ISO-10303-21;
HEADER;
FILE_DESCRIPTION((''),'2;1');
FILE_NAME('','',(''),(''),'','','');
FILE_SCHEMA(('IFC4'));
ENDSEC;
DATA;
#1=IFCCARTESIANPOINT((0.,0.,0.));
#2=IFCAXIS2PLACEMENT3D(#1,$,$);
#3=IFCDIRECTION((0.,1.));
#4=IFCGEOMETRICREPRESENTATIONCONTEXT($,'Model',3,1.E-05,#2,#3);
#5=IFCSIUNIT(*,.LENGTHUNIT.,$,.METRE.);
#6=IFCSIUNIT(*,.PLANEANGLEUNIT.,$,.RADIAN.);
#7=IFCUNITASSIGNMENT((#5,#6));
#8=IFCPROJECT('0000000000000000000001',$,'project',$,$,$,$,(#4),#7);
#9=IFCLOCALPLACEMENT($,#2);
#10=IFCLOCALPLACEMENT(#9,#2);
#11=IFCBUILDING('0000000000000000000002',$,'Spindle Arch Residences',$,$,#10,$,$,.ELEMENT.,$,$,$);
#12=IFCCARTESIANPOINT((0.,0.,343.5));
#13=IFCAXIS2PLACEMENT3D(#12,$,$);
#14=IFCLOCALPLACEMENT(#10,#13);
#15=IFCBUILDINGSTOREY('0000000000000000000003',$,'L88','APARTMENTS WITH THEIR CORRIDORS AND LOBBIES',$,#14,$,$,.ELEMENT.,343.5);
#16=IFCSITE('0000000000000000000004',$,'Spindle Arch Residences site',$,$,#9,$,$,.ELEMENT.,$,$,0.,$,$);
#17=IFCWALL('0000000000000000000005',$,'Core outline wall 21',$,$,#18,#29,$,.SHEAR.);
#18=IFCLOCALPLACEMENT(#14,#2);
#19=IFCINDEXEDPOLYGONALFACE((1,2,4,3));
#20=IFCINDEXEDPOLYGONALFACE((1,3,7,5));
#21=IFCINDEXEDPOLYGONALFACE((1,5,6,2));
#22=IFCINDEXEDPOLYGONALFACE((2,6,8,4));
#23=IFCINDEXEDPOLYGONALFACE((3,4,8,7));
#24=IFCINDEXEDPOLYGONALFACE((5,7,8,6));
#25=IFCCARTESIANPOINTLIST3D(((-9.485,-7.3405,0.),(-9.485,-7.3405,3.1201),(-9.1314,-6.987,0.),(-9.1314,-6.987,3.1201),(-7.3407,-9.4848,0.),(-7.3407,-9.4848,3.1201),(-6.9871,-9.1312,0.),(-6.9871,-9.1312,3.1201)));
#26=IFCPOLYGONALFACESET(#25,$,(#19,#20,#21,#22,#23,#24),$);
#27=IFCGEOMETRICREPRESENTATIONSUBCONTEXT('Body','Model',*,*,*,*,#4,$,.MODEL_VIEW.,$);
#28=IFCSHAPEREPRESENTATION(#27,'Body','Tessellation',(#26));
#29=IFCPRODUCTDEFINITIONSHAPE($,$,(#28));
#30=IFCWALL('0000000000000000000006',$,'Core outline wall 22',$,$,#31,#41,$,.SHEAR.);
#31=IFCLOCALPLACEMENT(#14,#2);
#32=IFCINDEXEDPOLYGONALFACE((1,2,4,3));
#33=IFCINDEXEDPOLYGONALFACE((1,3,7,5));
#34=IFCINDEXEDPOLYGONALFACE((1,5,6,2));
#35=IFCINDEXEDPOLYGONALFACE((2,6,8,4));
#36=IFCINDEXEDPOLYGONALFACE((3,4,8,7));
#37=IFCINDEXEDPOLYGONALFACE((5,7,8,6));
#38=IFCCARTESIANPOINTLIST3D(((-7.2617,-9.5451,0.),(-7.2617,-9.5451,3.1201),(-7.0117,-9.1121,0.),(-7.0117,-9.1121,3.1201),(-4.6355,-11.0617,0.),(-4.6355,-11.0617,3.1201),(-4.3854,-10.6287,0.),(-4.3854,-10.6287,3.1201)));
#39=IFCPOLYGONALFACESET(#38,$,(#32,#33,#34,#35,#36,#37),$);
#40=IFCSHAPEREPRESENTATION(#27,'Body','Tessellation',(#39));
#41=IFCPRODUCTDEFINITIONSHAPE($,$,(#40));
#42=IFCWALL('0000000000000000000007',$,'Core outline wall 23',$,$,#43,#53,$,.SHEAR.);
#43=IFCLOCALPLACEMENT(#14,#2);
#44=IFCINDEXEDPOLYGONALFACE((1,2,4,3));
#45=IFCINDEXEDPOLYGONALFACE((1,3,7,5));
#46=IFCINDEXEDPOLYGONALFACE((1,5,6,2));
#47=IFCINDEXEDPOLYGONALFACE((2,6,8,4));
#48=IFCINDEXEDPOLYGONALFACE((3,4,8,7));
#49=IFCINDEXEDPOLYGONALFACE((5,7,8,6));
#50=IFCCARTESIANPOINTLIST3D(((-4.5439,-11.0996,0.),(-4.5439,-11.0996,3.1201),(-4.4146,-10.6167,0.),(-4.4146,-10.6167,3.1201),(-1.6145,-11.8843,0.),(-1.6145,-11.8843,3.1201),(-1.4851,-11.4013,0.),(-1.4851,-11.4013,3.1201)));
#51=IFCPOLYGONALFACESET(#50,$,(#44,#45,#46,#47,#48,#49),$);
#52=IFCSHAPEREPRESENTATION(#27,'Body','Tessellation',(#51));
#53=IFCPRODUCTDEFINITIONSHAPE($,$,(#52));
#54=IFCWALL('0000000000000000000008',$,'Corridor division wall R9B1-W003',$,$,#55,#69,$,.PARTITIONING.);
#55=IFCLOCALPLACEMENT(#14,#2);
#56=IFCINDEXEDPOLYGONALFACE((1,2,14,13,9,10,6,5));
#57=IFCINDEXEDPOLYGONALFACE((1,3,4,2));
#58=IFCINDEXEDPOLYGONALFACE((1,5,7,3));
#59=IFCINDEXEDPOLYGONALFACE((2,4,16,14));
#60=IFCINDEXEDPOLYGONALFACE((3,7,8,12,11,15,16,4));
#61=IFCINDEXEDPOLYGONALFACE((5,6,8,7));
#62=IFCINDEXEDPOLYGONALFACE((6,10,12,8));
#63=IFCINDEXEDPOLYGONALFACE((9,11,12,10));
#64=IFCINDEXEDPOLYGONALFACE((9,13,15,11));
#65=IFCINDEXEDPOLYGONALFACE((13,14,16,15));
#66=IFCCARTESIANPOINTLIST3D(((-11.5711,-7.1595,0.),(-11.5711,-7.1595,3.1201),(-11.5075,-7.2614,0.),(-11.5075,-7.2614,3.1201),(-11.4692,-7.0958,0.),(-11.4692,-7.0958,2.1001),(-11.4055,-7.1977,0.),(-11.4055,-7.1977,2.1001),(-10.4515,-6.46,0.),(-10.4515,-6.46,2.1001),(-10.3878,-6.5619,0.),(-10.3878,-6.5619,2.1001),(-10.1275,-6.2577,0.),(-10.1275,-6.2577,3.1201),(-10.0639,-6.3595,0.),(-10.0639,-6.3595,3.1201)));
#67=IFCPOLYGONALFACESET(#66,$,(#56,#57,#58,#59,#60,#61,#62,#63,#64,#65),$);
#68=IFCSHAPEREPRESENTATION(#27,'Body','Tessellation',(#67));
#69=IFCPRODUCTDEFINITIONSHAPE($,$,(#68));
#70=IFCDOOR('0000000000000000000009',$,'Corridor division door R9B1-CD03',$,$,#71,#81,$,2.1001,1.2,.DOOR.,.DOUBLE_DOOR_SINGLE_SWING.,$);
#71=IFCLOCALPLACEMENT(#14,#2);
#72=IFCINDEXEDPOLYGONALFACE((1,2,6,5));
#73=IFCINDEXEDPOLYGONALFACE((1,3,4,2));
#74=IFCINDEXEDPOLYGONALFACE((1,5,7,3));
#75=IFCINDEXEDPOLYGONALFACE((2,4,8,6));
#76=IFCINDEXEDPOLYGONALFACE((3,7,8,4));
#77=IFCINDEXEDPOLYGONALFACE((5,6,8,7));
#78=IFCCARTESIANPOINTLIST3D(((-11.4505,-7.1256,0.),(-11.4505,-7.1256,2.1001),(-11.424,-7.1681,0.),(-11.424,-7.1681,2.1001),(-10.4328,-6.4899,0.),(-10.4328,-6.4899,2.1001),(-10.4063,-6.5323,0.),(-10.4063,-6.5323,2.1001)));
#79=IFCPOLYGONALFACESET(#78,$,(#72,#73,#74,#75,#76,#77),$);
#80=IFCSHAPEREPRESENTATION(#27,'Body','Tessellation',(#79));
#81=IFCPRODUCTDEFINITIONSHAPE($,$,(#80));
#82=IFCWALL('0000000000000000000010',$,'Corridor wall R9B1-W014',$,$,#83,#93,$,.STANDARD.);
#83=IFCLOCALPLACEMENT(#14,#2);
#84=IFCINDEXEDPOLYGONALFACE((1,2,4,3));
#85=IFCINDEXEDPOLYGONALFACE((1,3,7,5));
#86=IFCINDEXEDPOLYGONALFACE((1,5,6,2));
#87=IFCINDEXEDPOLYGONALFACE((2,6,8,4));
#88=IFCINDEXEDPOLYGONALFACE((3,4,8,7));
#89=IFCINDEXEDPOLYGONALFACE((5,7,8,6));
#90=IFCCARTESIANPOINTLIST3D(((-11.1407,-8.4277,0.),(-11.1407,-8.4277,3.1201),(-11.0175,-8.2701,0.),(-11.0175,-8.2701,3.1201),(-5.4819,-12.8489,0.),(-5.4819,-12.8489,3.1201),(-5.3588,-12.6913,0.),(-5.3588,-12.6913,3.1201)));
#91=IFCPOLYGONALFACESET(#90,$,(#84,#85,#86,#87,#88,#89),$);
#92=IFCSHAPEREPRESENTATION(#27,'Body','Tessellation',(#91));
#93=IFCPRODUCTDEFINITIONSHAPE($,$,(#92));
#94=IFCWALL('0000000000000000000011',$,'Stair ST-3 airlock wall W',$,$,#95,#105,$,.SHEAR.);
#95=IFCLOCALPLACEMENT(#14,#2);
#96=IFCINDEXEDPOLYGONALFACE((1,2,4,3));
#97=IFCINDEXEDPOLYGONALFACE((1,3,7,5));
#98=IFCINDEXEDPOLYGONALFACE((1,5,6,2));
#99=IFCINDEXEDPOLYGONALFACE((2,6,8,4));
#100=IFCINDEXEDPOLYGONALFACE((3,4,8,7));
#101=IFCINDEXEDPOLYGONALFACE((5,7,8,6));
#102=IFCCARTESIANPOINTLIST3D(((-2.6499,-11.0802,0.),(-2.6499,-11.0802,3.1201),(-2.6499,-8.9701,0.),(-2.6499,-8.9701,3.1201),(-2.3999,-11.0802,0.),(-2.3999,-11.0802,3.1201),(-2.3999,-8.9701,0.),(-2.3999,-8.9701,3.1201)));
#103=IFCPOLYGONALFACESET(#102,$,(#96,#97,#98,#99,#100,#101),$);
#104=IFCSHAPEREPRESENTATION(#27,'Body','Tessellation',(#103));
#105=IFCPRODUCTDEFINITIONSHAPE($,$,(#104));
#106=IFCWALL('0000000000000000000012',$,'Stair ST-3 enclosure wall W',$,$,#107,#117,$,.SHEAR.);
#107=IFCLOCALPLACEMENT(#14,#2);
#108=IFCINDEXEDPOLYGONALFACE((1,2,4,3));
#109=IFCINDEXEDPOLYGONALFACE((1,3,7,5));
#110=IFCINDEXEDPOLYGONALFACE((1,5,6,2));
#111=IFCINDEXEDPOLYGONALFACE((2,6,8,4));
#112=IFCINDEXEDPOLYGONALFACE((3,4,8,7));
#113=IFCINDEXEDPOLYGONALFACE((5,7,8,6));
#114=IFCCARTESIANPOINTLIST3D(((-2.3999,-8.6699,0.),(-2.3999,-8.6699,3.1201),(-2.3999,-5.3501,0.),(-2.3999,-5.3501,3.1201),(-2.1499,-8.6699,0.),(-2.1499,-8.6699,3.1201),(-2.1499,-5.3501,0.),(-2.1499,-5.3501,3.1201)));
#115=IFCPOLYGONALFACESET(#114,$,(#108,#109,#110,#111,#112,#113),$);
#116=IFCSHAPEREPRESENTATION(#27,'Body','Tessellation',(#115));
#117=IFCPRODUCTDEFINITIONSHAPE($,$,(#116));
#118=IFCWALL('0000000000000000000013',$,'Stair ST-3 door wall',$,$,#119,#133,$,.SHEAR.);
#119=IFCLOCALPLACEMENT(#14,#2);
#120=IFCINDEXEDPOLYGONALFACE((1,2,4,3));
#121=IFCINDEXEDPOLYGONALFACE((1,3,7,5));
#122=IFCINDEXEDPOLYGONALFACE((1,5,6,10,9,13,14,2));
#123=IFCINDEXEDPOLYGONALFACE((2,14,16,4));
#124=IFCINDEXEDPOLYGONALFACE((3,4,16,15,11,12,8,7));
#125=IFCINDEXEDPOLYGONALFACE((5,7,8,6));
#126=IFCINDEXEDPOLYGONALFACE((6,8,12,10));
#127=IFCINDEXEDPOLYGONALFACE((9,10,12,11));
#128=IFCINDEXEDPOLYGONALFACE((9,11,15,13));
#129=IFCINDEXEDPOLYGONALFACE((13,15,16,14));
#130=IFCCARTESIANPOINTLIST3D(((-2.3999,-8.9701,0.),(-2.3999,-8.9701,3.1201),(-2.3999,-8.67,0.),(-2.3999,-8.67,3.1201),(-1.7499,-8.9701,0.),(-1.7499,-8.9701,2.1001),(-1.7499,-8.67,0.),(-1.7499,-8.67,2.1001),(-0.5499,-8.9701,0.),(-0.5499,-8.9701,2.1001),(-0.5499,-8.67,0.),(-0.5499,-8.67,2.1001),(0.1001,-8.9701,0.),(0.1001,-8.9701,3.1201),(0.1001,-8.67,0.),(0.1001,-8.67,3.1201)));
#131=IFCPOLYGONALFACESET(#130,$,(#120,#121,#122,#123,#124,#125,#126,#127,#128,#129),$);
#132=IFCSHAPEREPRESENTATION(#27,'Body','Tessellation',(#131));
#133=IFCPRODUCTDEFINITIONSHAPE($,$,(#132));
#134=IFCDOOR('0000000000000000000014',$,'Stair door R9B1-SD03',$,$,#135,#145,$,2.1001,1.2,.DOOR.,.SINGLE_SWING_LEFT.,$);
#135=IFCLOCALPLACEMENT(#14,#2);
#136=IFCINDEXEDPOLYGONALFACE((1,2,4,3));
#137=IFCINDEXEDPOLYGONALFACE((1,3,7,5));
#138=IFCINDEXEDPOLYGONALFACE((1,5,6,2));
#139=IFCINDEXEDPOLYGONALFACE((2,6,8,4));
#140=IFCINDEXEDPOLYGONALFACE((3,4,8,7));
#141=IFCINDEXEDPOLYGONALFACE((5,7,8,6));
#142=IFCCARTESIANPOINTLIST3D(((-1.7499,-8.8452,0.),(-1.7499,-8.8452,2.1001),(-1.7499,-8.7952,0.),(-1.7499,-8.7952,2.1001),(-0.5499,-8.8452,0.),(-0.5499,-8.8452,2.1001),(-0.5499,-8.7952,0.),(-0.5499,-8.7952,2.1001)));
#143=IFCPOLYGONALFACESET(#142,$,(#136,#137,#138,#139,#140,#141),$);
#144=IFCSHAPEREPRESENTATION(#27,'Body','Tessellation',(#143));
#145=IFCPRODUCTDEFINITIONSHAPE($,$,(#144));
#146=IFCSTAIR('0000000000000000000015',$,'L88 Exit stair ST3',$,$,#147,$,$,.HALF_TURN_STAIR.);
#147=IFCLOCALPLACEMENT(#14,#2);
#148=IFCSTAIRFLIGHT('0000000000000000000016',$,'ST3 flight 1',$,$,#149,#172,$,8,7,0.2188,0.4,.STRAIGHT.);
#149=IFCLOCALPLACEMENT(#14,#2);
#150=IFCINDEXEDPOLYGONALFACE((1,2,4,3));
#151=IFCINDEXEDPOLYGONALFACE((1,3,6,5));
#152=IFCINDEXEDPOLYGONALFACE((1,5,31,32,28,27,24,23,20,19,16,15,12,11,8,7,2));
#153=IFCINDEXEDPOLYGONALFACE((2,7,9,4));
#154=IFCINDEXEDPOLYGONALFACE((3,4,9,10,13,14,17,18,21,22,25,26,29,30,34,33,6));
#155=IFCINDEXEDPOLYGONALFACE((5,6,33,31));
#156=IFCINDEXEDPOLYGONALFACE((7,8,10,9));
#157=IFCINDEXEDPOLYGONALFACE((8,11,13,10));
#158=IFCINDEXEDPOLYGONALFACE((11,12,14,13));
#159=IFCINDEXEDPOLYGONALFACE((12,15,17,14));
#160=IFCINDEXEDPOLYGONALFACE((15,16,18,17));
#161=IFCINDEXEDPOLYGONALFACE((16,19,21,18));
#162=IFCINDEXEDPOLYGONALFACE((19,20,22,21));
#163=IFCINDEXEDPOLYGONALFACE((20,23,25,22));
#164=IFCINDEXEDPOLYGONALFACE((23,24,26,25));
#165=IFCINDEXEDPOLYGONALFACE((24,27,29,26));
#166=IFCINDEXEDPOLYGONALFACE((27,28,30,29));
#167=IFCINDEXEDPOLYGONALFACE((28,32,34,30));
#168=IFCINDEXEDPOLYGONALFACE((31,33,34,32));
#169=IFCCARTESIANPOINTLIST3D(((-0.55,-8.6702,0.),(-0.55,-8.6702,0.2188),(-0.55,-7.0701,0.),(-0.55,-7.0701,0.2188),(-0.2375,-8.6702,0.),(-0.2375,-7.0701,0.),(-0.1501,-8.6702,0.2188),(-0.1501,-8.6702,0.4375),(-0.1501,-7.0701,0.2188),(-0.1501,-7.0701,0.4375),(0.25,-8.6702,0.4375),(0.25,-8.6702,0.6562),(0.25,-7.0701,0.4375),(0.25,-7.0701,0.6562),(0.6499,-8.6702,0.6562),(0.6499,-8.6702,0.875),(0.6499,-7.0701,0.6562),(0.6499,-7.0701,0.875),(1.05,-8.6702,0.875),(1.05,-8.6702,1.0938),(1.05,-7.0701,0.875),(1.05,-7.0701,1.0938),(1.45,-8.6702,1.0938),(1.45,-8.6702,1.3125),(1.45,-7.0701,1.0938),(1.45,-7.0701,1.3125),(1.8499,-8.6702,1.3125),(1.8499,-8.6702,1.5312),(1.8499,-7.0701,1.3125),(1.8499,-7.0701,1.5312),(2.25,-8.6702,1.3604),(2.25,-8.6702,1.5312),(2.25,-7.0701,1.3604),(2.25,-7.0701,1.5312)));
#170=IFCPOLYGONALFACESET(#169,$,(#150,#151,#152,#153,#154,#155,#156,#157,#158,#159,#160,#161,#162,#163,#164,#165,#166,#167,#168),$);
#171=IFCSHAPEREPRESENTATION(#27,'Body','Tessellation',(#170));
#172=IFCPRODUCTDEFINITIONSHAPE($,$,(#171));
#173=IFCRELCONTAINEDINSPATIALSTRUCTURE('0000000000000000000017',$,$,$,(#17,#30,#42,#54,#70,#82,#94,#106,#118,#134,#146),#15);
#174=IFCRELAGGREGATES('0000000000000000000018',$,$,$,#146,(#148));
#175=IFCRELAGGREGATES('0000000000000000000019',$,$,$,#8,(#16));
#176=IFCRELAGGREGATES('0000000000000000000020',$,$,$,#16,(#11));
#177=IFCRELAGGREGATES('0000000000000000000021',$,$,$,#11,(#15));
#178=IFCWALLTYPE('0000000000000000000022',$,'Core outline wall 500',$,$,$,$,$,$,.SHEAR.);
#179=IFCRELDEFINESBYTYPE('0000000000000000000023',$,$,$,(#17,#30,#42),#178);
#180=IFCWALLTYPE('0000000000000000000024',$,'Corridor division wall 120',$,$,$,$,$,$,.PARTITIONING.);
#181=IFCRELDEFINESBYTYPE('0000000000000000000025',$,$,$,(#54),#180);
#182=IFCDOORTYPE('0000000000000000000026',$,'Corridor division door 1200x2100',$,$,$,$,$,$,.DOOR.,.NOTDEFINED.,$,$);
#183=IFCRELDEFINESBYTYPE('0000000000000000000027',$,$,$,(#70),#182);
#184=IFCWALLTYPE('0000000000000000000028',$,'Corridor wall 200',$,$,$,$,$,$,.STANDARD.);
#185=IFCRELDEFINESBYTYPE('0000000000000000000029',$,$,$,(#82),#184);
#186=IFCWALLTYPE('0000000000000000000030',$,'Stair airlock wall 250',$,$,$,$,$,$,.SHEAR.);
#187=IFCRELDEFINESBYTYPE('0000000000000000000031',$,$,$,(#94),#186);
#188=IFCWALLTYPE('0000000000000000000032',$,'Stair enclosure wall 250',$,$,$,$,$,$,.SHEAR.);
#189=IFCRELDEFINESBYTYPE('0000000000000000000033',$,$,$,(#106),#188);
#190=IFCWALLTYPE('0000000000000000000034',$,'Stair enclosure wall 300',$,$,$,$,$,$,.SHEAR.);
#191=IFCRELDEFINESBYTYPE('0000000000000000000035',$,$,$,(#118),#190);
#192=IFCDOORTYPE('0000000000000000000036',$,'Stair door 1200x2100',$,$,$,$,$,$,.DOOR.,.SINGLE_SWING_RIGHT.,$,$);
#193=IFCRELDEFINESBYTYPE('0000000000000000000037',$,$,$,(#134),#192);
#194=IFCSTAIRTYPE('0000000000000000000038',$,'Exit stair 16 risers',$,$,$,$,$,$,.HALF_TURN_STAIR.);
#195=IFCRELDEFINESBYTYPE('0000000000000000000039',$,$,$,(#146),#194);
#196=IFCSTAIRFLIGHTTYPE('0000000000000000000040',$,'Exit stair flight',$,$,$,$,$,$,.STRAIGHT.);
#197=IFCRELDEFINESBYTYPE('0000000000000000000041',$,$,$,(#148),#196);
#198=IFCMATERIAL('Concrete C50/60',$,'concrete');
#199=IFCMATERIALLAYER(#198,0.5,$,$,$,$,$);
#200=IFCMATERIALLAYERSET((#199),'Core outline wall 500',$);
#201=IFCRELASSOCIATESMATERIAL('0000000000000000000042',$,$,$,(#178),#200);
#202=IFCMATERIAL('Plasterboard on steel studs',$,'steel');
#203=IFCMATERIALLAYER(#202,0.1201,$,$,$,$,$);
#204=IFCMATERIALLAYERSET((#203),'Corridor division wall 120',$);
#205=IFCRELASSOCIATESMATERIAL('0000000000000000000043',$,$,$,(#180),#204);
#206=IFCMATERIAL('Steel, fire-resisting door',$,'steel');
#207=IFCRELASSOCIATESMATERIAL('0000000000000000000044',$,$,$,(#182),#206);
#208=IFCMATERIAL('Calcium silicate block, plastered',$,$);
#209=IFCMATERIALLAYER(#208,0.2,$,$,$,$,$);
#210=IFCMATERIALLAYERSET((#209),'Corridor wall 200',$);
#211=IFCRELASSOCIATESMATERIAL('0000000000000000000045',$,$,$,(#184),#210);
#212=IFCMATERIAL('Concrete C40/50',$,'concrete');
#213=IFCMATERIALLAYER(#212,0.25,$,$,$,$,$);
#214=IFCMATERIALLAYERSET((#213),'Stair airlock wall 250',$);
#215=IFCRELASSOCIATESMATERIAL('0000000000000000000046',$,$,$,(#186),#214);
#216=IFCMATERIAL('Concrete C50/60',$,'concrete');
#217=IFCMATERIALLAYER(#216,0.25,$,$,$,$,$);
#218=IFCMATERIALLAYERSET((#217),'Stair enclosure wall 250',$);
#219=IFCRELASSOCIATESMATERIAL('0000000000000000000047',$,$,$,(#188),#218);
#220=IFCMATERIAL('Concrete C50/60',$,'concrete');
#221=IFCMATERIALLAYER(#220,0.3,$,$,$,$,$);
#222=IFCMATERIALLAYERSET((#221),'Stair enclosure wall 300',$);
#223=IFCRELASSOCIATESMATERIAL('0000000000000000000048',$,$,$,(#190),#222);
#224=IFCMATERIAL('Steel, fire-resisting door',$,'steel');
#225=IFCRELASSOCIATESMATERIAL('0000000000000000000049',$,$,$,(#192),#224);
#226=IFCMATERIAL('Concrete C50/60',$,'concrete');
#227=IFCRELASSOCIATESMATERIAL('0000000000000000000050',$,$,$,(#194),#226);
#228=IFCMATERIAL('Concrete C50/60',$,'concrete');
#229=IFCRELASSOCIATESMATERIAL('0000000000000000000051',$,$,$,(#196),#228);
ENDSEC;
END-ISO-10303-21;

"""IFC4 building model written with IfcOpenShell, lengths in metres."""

from ifc_helpers import new_model, si_unit, direction, frame, frame_2d, origin, place, context, subcontext, project, spatial, polyline, rectangle, outline, extrude, material, layer, layer_set, type_object, element, fill, aggregate, save


model = new_model("IFC4")

# Units and contexts
model_context = context("Model", 3, precision=1e-05, world=origin(), true_north=direction((0.0, 1.0)))
body_context = subcontext(model_context, "Body", "Model", "MODEL_VIEW")
ifc_project = project(units=[si_unit("LENGTHUNIT", "METRE"), si_unit("PLANEANGLEUNIT", "RADIAN")], contexts=[model_context])

# Site, building, storey
site_placement = place(None, origin())
site = spatial("IfcSite", under=ifc_project, at=site_placement, Name="Spindle Arch Residences site", CompositionType="ELEMENT", RefElevation=0.0)
building_placement = place(site_placement, origin())
building = spatial("IfcBuilding", under=site, at=building_placement, Name="Spindle Arch Residences", CompositionType="ELEMENT")
storey_placement = place(building_placement, frame((0.0, 0.0, 343.5)))
storey = spatial("IfcBuildingStorey", under=building, at=storey_placement, Name="L88", Description="APARTMENTS WITH THEIR CORRIDORS AND LOBBIES", CompositionType="ELEMENT", Elevation=343.5)

# Walls
ifc_material_1 = material(Name="Concrete C50/60", Category="concrete")
ifc_layer_1 = layer(ifc_material_1, 0.5)
ifc_layer_set_1 = layer_set([ifc_layer_1], Name="Core outline wall 500")
wall_type_1 = type_object("IfcWallType", Name="Core outline wall 500", PredefinedType="SHEAR", material=ifc_layer_set_1)
wall_1_placement = place(storey_placement, frame((-9.3081, -7.1638, 0.0), z_axis=(0.0, 0.0, 1.0), x_axis=(0.707107, -0.707107, 0.0)))
element("IfcWall", 1, at=wall_1_placement, inside=storey, type_object=wall_type_1, Name="Core outline wall 21", PredefinedType="SHEAR", context=body_context, shape_type="SweptSolid", body=[
    extrude(rectangle(XDim=3.0325, YDim=0.5, at=frame_2d((1.5161, 0.0))), origin(), (0.0, 0.0, 1.0), 3.1201),
])
for number, where, z_axis, x_axis, name in (
    (2, (-7.1367, -9.3286, 0.0), (0.0, 0.0, 1.0), (0.865975, -0.500087, 0.0), "Core outline wall 22"),
    (3, (-4.4792, -10.8582, 0.0), (0.0, 0.0, 1.0), (0.965948, -0.258735, 0.0), "Core outline wall 23"),
):
    element("IfcWall", number, at=place(storey_placement, frame(where, z_axis=z_axis, x_axis=x_axis)), inside=storey, type_object=wall_type_1, Name=name, PredefinedType="SHEAR", context=body_context, shape_type="SweptSolid", body=[
        extrude(rectangle(XDim=3.0327, YDim=0.5, at=frame_2d((1.5164, 0.0))), origin(), (0.0, 0.0, 1.0), 3.1201),
    ])

# Wall, opening, door
ifc_material_2 = material(Name="Plasterboard on steel studs", Category="steel")
ifc_layer_2 = layer(ifc_material_2, 0.1201)
ifc_layer_set_2 = layer_set([ifc_layer_2], Name="Corridor division wall 120")
wall_type_2 = type_object("IfcWallType", Name="Corridor division wall 120", PredefinedType="PARTITIONING", material=ifc_layer_set_2)
wall_2_placement = place(storey_placement, frame((-11.5393, -7.2104, 0.0), z_axis=(0.0, 0.0, 1.0), x_axis=(0.848103, 0.529831, 0.0)))
wall_2 = element("IfcWall", 4, at=wall_2_placement, inside=storey, type_object=wall_type_2, Name="Corridor division wall R9B1-W003", PredefinedType="PARTITIONING", context=body_context, shape_type="SweptSolid", body=[
    extrude(rectangle(XDim=1.7021, YDim=0.1201, at=frame_2d((0.8511, 0.0))), origin(), (0.0, 0.0, 1.0), 3.1201),
])
opening_1_placement = place(wall_2_placement, frame((0.1201, 0.0, 0.0)))
opening_1 = element("IfcOpeningElement", 5, at=opening_1_placement, cuts=wall_2, PredefinedType="OPENING", context=body_context, shape_type="SweptSolid", body=[
    extrude(rectangle(XDim=1.2, YDim=2.1001, at=frame_2d((0.6001, 1.05))), frame((0.0, 0.0701, 0.0), z_axis=(0.0, -1.0, 0.0), x_axis=(1.0, 0.0, 0.0)), (0.0, 0.0, 1.0), 0.1401),
])
ifc_material_3 = material(Name="Steel, fire-resisting door", Category="steel")
door_type_1 = type_object("IfcDoorType", Name="Corridor division door 1200x2100", OperationType="NOTDEFINED", PredefinedType="DOOR", material=ifc_material_3)
door_1_placement = place(opening_1_placement, origin())
door_1 = element("IfcDoor", 6, at=door_1_placement, inside=storey, type_object=door_type_1, Name="Corridor division door R9B1-CD03", OperationType="DOUBLE_DOOR_SINGLE_SWING", OverallHeight=2.1001, OverallWidth=1.2, PredefinedType="DOOR", context=body_context, shape_type="SweptSolid", body=[
    extrude(rectangle(XDim=1.2, YDim=2.1001, at=frame_2d((0.6001, 1.05))), frame((0.0, 0.0249, 0.0), z_axis=(0.0, -1.0, 0.0), x_axis=(1.0, 0.0, 0.0)), (0.0, 0.0, 1.0), 0.05),
])
fill(opening_1, door_1)

# Walls
ifc_material_4 = material(Name="Calcium silicate block, plastered")
ifc_layer_3 = layer(ifc_material_4, 0.2)
ifc_layer_set_3 = layer_set([ifc_layer_3], Name="Corridor wall 200")
wall_type_3 = type_object("IfcWallType", Name="Corridor wall 200", PredefinedType="STANDARD", material=ifc_layer_set_3)
wall_3_placement = place(storey_placement, frame((-11.0791, -8.3489, 0.0), z_axis=(0.0, 0.0, 1.0), x_axis=(0.788005, -0.615669, 0.0)))
element("IfcWall", 7, at=wall_3_placement, inside=storey, type_object=wall_type_3, Name="Corridor wall R9B1-W014", PredefinedType="STANDARD", context=body_context, shape_type="SweptSolid", body=[
    extrude(rectangle(XDim=7.1812, YDim=0.2, at=frame_2d((3.5906, 0.0))), origin(), (0.0, 0.0, 1.0), 3.1201),
])
ifc_material_5 = material(Name="Concrete C40/50", Category="concrete")
ifc_layer_4 = layer(ifc_material_5, 0.25)
ifc_layer_set_4 = layer_set([ifc_layer_4], Name="Stair airlock wall 250")
wall_type_4 = type_object("IfcWallType", Name="Stair airlock wall 250", PredefinedType="SHEAR", material=ifc_layer_set_4)
wall_4_placement = place(storey_placement, frame((-2.5249, -8.97, 0.0), z_axis=(0.0, 0.0, 1.0), x_axis=(0.0, -1.0, 0.0)))
element("IfcWall", 8, at=wall_4_placement, inside=storey, type_object=wall_type_4, Name="Stair ST-3 airlock wall W", PredefinedType="SHEAR", context=body_context, shape_type="SweptSolid", body=[
    extrude(rectangle(XDim=2.1101, YDim=0.25, at=frame_2d((1.0552, 0.0))), origin(), (0.0, 0.0, 1.0), 3.1201),
])
ifc_material_6 = material(Name="Concrete C50/60", Category="concrete")
ifc_layer_5 = layer(ifc_material_6, 0.25)
ifc_layer_set_5 = layer_set([ifc_layer_5], Name="Stair enclosure wall 250")
wall_type_5 = type_object("IfcWallType", Name="Stair enclosure wall 250", PredefinedType="SHEAR", material=ifc_layer_set_5)
wall_5_placement = place(storey_placement, frame((-2.2749, -8.6699, 0.0), z_axis=(0.0, 0.0, 1.0), x_axis=(0.0, 1.0, 0.0)))
element("IfcWall", 9, at=wall_5_placement, inside=storey, type_object=wall_type_5, Name="Stair ST-3 enclosure wall W", PredefinedType="SHEAR", context=body_context, shape_type="SweptSolid", body=[
    extrude(rectangle(XDim=3.3198, YDim=0.25, at=frame_2d((1.6599, 0.0))), origin(), (0.0, 0.0, 1.0), 3.1201),
])

# Wall, opening, door
ifc_material_7 = material(Name="Concrete C50/60", Category="concrete")
ifc_layer_6 = layer(ifc_material_7, 0.3)
ifc_layer_set_6 = layer_set([ifc_layer_6], Name="Stair enclosure wall 300")
wall_type_6 = type_object("IfcWallType", Name="Stair enclosure wall 300", PredefinedType="SHEAR", material=ifc_layer_set_6)
wall_6_placement = place(storey_placement, frame((-2.3999, -8.8201, 0.0), z_axis=(0.0, 0.0, 1.0), x_axis=(1.0, 0.0, 0.0)))
wall_6 = element("IfcWall", 10, at=wall_6_placement, inside=storey, type_object=wall_type_6, Name="Stair ST-3 door wall", PredefinedType="SHEAR", context=body_context, shape_type="SweptSolid", body=[
    extrude(rectangle(XDim=2.5, YDim=0.3, at=frame_2d((1.25, 0.0))), origin(), (0.0, 0.0, 1.0), 3.1201),
])
opening_2_placement = place(wall_6_placement, frame((0.6499, 0.0, 0.0)))
opening_2 = element("IfcOpeningElement", 11, at=opening_2_placement, cuts=wall_6, PredefinedType="OPENING", context=body_context, shape_type="SweptSolid", body=[
    extrude(rectangle(XDim=1.2, YDim=2.1001, at=frame_2d((0.6001, 1.05))), frame((0.0, 0.1602, 0.0), z_axis=(0.0, -1.0, 0.0), x_axis=(1.0, 0.0, 0.0)), (0.0, 0.0, 1.0), 0.3201),
])
ifc_material_8 = material(Name="Steel, fire-resisting door", Category="steel")
door_type_2 = type_object("IfcDoorType", Name="Stair door 1200x2100", OperationType="SINGLE_SWING_RIGHT", PredefinedType="DOOR", material=ifc_material_8)
door_2_placement = place(opening_2_placement, origin())
door_2 = element("IfcDoor", 12, at=door_2_placement, inside=storey, type_object=door_type_2, Name="Stair door R9B1-SD03", OperationType="SINGLE_SWING_LEFT", OverallHeight=2.1001, OverallWidth=1.2, PredefinedType="DOOR", context=body_context, shape_type="SweptSolid", body=[
    extrude(rectangle(XDim=1.2, YDim=2.1001, at=frame_2d((0.6001, 1.05))), frame((0.0, 0.0249, 0.0), z_axis=(0.0, -1.0, 0.0), x_axis=(1.0, 0.0, 0.0)), (0.0, 0.0, 1.0), 0.05),
])
fill(opening_2, door_2)

# Stair, stair flight
ifc_material_9 = material(Name="Concrete C50/60", Category="concrete")
stair_type = type_object("IfcStairType", Name="Exit stair 16 risers", PredefinedType="HALF_TURN_STAIR", material=ifc_material_9)
stair_placement = place(storey_placement, origin())
stair = element("IfcStair", 13, at=stair_placement, inside=storey, type_object=stair_type, Name="L88 Exit stair ST3", PredefinedType="HALF_TURN_STAIR")
ifc_material_10 = material(Name="Concrete C50/60", Category="concrete")
stair_flight_type = type_object("IfcStairFlightType", Name="Exit stair flight", PredefinedType="STRAIGHT", material=ifc_material_10)
stair_flight_placement = place(storey_placement, frame((-0.55, -7.8701, 0.0), z_axis=(0.0, 0.0, 1.0), x_axis=(1.0, 0.0, 0.0)))
stair_flight = element("IfcStairFlight", 14, at=stair_flight_placement, type_object=stair_flight_type, Name="ST3 flight 1", NumberOfRisers=8, NumberOfTreads=7, PredefinedType="STRAIGHT", RiserHeight=0.2188, TreadLength=0.4, context=body_context, shape_type="SweptSolid", body=[
    extrude(outline(polyline([(0.0, 0.0), (0.0, 0.2188), (0.3999, 0.2188), (0.3999, 0.4375), (0.8, 0.4375), (0.8, 0.6562), (1.2, 0.6562), (1.2, 0.875), (1.6001, 0.875), (1.6001, 1.0938), (2.0, 1.0938), (2.0, 1.3125), (2.3999, 1.3125), (2.3999, 1.5312), (2.8, 1.5312), (2.8, 1.75), (2.8, 1.3604), (0.3125, 0.0), (0.0, 0.0)])), frame((0.0, 0.8, 0.0), z_axis=(0.0, -1.0, 0.0), x_axis=(1.0, 0.0, 0.0)), (0.0, 0.0, 1.0), 1.6001),
])
aggregate(stair, [stair_flight])

save(model, "model.ifc")
